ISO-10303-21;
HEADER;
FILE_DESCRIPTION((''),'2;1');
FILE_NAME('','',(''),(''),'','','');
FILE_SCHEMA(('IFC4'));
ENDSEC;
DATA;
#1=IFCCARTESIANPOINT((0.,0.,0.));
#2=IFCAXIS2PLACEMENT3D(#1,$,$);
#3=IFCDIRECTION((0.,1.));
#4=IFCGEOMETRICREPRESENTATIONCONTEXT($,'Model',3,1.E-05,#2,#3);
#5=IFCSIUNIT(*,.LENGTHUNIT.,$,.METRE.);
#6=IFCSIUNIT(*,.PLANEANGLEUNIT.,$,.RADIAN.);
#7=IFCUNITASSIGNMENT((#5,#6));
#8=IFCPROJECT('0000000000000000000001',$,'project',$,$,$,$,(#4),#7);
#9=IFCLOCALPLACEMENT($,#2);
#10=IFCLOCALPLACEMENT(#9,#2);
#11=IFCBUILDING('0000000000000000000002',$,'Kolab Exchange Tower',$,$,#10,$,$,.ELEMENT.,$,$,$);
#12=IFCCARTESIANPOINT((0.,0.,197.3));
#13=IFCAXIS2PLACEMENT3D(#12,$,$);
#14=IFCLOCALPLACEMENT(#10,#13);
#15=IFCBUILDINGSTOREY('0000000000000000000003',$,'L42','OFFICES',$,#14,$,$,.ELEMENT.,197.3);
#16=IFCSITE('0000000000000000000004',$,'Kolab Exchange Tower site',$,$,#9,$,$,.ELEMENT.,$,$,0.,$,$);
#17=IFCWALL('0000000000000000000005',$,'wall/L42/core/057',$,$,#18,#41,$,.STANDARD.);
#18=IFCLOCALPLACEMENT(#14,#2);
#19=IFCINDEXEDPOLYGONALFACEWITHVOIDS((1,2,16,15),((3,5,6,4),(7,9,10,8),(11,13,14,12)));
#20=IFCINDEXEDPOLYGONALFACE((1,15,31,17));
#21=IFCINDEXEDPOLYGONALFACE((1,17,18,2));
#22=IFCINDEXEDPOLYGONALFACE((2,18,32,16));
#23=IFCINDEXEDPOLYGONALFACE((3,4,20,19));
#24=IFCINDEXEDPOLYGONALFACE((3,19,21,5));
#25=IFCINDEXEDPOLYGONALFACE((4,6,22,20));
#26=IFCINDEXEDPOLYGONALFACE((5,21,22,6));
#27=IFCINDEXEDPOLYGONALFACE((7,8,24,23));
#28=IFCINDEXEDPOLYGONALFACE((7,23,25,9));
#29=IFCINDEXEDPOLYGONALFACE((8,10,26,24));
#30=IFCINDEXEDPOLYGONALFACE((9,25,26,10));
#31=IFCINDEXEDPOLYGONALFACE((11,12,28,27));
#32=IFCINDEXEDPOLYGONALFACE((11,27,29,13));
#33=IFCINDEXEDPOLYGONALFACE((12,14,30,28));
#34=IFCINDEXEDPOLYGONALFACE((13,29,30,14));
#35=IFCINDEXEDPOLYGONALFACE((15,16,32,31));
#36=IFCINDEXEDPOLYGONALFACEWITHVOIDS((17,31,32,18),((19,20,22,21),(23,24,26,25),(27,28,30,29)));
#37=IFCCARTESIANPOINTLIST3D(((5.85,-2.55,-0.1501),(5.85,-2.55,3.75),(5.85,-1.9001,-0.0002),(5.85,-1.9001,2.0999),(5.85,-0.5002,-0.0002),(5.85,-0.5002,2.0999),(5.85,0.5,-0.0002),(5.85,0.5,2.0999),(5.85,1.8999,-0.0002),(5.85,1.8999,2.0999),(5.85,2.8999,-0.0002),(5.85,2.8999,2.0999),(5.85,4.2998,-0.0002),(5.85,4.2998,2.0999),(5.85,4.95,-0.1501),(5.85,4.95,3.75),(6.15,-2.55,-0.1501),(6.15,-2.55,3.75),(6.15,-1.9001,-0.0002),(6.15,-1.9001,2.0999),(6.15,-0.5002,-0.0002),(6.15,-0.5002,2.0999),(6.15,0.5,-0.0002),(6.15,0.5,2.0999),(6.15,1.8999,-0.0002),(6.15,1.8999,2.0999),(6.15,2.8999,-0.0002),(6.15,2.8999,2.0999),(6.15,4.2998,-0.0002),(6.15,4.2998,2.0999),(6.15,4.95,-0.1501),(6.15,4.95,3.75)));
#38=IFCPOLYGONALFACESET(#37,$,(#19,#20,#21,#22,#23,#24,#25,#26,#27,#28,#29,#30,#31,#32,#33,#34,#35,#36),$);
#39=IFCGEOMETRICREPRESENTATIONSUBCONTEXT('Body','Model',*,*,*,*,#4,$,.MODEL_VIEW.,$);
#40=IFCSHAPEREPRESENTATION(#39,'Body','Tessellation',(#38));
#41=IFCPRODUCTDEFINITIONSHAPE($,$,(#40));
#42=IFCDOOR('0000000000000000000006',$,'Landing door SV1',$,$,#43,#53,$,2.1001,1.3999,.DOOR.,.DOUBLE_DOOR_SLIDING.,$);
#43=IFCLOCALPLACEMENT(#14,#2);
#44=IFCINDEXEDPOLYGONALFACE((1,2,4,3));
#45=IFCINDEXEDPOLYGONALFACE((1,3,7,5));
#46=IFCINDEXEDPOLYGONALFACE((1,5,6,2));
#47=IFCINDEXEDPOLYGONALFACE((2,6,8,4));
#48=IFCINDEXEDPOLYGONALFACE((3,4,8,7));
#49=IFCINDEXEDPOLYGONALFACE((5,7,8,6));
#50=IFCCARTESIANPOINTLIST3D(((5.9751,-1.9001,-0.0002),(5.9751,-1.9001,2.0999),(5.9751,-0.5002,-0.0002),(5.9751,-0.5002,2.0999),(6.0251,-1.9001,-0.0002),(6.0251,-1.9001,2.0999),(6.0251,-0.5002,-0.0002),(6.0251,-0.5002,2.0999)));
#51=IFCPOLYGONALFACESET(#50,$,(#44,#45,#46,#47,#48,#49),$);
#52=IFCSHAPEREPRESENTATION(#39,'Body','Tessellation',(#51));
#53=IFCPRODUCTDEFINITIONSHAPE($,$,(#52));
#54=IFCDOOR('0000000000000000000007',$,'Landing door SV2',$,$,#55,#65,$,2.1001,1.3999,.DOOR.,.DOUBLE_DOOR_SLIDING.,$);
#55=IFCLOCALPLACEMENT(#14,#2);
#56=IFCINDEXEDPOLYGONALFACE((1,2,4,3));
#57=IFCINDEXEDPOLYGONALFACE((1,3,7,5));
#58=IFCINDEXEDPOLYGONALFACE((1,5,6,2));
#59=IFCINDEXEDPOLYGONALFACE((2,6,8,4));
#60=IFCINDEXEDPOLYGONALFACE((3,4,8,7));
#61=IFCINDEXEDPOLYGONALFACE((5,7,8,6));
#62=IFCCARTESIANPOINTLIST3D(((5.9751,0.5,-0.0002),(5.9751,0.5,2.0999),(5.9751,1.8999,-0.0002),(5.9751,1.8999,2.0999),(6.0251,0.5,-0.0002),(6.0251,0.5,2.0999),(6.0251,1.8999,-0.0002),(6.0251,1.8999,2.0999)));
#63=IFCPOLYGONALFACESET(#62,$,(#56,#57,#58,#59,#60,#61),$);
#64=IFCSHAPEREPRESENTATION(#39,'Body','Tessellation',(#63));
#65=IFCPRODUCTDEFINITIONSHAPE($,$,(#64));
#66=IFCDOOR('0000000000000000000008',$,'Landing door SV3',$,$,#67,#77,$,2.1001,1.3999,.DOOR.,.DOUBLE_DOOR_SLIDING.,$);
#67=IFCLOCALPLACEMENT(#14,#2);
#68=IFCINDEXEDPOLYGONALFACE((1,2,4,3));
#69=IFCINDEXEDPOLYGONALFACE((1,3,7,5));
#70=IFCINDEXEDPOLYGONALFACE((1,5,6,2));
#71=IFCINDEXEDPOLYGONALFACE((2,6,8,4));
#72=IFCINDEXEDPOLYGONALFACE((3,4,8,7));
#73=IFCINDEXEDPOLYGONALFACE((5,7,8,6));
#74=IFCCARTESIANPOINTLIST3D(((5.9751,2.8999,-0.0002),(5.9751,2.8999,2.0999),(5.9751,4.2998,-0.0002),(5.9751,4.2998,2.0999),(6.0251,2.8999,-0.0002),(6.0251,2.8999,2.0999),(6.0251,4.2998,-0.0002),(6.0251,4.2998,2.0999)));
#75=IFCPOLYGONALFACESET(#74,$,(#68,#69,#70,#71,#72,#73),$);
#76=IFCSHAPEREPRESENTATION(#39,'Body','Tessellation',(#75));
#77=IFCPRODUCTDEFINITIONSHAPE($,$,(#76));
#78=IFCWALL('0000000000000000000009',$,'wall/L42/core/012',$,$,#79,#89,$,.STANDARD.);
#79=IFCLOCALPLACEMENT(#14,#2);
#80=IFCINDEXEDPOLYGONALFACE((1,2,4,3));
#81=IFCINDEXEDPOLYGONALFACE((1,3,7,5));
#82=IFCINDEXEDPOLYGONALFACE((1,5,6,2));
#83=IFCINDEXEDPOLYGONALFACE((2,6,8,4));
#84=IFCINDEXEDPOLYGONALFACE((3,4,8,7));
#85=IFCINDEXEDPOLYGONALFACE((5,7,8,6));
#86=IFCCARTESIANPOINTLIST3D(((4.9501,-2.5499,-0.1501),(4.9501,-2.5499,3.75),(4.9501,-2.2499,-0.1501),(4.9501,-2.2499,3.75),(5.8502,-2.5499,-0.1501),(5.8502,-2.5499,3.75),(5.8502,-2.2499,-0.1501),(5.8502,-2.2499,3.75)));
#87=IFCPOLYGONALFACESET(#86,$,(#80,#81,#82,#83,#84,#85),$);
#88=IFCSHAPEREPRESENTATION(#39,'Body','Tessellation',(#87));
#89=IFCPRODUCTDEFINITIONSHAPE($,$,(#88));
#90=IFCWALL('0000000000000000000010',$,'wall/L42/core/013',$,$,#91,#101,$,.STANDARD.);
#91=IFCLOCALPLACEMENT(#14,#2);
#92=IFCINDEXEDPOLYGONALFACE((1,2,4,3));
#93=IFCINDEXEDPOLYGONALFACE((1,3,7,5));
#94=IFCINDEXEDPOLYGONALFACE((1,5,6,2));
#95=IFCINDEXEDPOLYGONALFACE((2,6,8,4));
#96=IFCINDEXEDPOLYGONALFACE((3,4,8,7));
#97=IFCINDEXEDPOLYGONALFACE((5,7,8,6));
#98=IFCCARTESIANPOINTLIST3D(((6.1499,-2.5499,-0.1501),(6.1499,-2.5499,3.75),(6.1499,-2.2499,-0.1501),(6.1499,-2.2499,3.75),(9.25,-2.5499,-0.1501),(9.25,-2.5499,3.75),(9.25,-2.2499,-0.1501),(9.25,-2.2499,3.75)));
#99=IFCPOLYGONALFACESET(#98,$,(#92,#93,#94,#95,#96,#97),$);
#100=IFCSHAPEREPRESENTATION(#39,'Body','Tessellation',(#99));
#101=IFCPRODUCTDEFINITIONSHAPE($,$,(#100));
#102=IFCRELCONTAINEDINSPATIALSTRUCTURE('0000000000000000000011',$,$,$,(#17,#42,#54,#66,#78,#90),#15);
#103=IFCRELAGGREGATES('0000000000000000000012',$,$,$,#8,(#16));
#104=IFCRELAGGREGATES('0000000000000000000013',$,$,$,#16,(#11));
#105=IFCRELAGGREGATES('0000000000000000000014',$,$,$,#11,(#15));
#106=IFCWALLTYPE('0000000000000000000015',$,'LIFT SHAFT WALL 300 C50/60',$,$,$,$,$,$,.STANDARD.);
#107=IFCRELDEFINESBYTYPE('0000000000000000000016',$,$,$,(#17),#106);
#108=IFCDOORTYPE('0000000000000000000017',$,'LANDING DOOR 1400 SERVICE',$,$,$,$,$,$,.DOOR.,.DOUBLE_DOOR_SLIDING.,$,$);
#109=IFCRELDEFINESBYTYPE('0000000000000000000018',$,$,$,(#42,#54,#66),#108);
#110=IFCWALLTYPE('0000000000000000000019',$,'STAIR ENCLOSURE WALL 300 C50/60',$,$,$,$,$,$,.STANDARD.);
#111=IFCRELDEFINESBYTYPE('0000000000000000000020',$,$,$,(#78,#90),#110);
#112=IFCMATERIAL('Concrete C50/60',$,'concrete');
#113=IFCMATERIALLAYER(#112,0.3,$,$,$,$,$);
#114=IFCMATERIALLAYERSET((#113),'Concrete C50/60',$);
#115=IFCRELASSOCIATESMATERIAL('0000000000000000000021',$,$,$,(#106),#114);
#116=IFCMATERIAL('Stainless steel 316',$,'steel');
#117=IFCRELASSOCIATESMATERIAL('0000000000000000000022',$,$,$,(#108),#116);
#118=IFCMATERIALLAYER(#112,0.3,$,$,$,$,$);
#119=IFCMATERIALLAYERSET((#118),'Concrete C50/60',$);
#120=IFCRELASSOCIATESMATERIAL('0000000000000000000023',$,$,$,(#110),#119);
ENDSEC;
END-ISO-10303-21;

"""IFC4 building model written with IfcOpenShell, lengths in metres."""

from ifc_helpers import new_model, si_unit, direction, frame, frame_2d, origin, place, context, subcontext, project, spatial, rectangle, extrude, material, layer, layer_set, type_object, element, fill, save


model = new_model("IFC4")

# Units and contexts
model_context = context("Model", 3, precision=1e-05, world=origin(), true_north=direction((0.0, 1.0)))
body_context = subcontext(model_context, "Body", "Model", "MODEL_VIEW")
ifc_project = project(units=[si_unit("LENGTHUNIT", "METRE"), si_unit("PLANEANGLEUNIT", "RADIAN")], contexts=[model_context])

# Site, building, storey
site_placement = place(None, origin())
site = spatial("IfcSite", under=ifc_project, at=site_placement, Name="Kolab Exchange Tower site", CompositionType="ELEMENT", RefElevation=0.0)
building_placement = place(site_placement, origin())
building = spatial("IfcBuilding", under=site, at=building_placement, Name="Kolab Exchange Tower", CompositionType="ELEMENT")
storey_placement = place(building_placement, frame((0.0, 0.0, 197.3)))
storey = spatial("IfcBuildingStorey", under=building, at=storey_placement, Name="L42", Description="OFFICES", CompositionType="ELEMENT", Elevation=197.3)

# Shared definitions
ifc_material_1 = material(Name="Concrete C50/60", Category="concrete")

# Shared definitions
ifc_layer_1 = layer(ifc_material_1, 0.3)
ifc_layer_set_1 = layer_set([ifc_layer_1], Name="Concrete C50/60")
wall_type_1 = type_object("IfcWallType", Name="LIFT SHAFT WALL 300 C50/60", PredefinedType="STANDARD", material=ifc_layer_set_1)

# Shared definitions
ifc_material_2 = material(Name="Stainless steel 316", Category="steel")

# Wall, openings, doors
wall_1_placement = place(storey_placement, frame((6.0, -2.55, -0.1501), z_axis=(0.0, 0.0, 1.0), x_axis=(0.0, 1.0, 0.0)))
wall_1 = element("IfcWall", 1, at=wall_1_placement, inside=storey, type_object=wall_type_1, Name="wall/L42/core/057", PredefinedType="STANDARD", context=body_context, shape_type="SweptSolid", body=[
    extrude(rectangle(XDim=7.5, YDim=0.3, at=frame_2d((3.75, 0.0))), origin(), (0.0, 0.0, 1.0), 3.9001),
])
opening_1_placement = place(wall_1_placement, frame((0.6499, 0.0, 0.1499)))
opening_1 = element("IfcOpeningElement", 2, at=opening_1_placement, cuts=wall_1, PredefinedType="OPENING", context=body_context, shape_type="SweptSolid", body=[
    extrude(rectangle(XDim=1.3999, YDim=2.1001, at=frame_2d((0.7, 1.05))), frame((0.0, 0.1602, 0.0), z_axis=(0.0, -1.0, 0.0), x_axis=(1.0, 0.0, 0.0)), (0.0, 0.0, 1.0), 0.3201),
])
opening_2_placement = place(wall_1_placement, frame((3.05, 0.0, 0.1499)))
opening_2 = element("IfcOpeningElement", 3, at=opening_2_placement, cuts=wall_1, PredefinedType="OPENING", context=body_context, shape_type="SweptSolid", body=[
    extrude(rectangle(XDim=1.3999, YDim=2.1001, at=frame_2d((0.7, 1.05))), frame((0.0, 0.1602, 0.0), z_axis=(0.0, -1.0, 0.0), x_axis=(1.0, 0.0, 0.0)), (0.0, 0.0, 1.0), 0.3201),
])
opening_3_placement = place(wall_1_placement, frame((5.45, 0.0, 0.1499)))
opening_3 = element("IfcOpeningElement", 4, at=opening_3_placement, cuts=wall_1, PredefinedType="OPENING", context=body_context, shape_type="SweptSolid", body=[
    extrude(rectangle(XDim=1.3999, YDim=2.1001, at=frame_2d((0.7, 1.05))), frame((0.0, 0.1602, 0.0), z_axis=(0.0, -1.0, 0.0), x_axis=(1.0, 0.0, 0.0)), (0.0, 0.0, 1.0), 0.3201),
])
door_type_1 = type_object("IfcDoorType", Name="LANDING DOOR 1400 SERVICE", OperationType="DOUBLE_DOOR_SLIDING", PredefinedType="DOOR", material=ifc_material_2)
door_1_placement = place(opening_1_placement, origin())
door_1 = element("IfcDoor", 5, at=door_1_placement, inside=storey, type_object=door_type_1, Name="Landing door SV1", OperationType="DOUBLE_DOOR_SLIDING", OverallHeight=2.1001, OverallWidth=1.3999, PredefinedType="DOOR", context=body_context, shape_type="SweptSolid", body=[
    extrude(rectangle(XDim=1.3999, YDim=2.1001, at=frame_2d((0.7, 1.05))), frame((0.0, 0.0249, 0.0), z_axis=(0.0, -1.0, 0.0), x_axis=(1.0, 0.0, 0.0)), (0.0, 0.0, 1.0), 0.05),
])
fill(opening_1, door_1)
door_2_placement = place(opening_2_placement, origin())
door_2 = element("IfcDoor", 6, at=door_2_placement, inside=storey, type_object=door_type_1, Name="Landing door SV2", OperationType="DOUBLE_DOOR_SLIDING", OverallHeight=2.1001, OverallWidth=1.3999, PredefinedType="DOOR", context=body_context, shape_type="SweptSolid", body=[
    extrude(rectangle(XDim=1.3999, YDim=2.1001, at=frame_2d((0.7, 1.05))), frame((0.0, 0.0249, 0.0), z_axis=(0.0, -1.0, 0.0), x_axis=(1.0, 0.0, 0.0)), (0.0, 0.0, 1.0), 0.05),
])
fill(opening_2, door_2)
door_3_placement = place(opening_3_placement, origin())
door_3 = element("IfcDoor", 7, at=door_3_placement, inside=storey, type_object=door_type_1, Name="Landing door SV3", OperationType="DOUBLE_DOOR_SLIDING", OverallHeight=2.1001, OverallWidth=1.3999, PredefinedType="DOOR", context=body_context, shape_type="SweptSolid", body=[
    extrude(rectangle(XDim=1.3999, YDim=2.1001, at=frame_2d((0.7, 1.05))), frame((0.0, 0.0249, 0.0), z_axis=(0.0, -1.0, 0.0), x_axis=(1.0, 0.0, 0.0)), (0.0, 0.0, 1.0), 0.05),
])
fill(opening_3, door_3)

# Walls
ifc_layer_2 = layer(ifc_material_1, 0.3)
ifc_layer_set_2 = layer_set([ifc_layer_2], Name="Concrete C50/60")
wall_type_2 = type_object("IfcWallType", Name="STAIR ENCLOSURE WALL 300 C50/60", PredefinedType="STANDARD", material=ifc_layer_set_2)
wall_2_placement = place(storey_placement, frame((4.95, -2.3999, -0.1501), z_axis=(0.0, 0.0, 1.0), x_axis=(1.0, 0.0, 0.0)))
element("IfcWall", 8, at=wall_2_placement, inside=storey, type_object=wall_type_2, Name="wall/L42/core/012", PredefinedType="STANDARD", context=body_context, shape_type="SweptSolid", body=[
    extrude(rectangle(XDim=0.9001, YDim=0.3, at=frame_2d((0.4502, 0.0))), origin(), (0.0, 0.0, 1.0), 3.9001),
])
wall_3_placement = place(storey_placement, frame((6.1499, -2.3999, -0.1501), z_axis=(0.0, 0.0, 1.0), x_axis=(1.0, 0.0, 0.0)))
element("IfcWall", 9, at=wall_3_placement, inside=storey, type_object=wall_type_2, Name="wall/L42/core/013", PredefinedType="STANDARD", context=body_context, shape_type="SweptSolid", body=[
    extrude(rectangle(XDim=3.1001, YDim=0.3, at=frame_2d((1.55, 0.0))), origin(), (0.0, 0.0, 1.0), 3.9001),
])

save(model, "model.ifc")
